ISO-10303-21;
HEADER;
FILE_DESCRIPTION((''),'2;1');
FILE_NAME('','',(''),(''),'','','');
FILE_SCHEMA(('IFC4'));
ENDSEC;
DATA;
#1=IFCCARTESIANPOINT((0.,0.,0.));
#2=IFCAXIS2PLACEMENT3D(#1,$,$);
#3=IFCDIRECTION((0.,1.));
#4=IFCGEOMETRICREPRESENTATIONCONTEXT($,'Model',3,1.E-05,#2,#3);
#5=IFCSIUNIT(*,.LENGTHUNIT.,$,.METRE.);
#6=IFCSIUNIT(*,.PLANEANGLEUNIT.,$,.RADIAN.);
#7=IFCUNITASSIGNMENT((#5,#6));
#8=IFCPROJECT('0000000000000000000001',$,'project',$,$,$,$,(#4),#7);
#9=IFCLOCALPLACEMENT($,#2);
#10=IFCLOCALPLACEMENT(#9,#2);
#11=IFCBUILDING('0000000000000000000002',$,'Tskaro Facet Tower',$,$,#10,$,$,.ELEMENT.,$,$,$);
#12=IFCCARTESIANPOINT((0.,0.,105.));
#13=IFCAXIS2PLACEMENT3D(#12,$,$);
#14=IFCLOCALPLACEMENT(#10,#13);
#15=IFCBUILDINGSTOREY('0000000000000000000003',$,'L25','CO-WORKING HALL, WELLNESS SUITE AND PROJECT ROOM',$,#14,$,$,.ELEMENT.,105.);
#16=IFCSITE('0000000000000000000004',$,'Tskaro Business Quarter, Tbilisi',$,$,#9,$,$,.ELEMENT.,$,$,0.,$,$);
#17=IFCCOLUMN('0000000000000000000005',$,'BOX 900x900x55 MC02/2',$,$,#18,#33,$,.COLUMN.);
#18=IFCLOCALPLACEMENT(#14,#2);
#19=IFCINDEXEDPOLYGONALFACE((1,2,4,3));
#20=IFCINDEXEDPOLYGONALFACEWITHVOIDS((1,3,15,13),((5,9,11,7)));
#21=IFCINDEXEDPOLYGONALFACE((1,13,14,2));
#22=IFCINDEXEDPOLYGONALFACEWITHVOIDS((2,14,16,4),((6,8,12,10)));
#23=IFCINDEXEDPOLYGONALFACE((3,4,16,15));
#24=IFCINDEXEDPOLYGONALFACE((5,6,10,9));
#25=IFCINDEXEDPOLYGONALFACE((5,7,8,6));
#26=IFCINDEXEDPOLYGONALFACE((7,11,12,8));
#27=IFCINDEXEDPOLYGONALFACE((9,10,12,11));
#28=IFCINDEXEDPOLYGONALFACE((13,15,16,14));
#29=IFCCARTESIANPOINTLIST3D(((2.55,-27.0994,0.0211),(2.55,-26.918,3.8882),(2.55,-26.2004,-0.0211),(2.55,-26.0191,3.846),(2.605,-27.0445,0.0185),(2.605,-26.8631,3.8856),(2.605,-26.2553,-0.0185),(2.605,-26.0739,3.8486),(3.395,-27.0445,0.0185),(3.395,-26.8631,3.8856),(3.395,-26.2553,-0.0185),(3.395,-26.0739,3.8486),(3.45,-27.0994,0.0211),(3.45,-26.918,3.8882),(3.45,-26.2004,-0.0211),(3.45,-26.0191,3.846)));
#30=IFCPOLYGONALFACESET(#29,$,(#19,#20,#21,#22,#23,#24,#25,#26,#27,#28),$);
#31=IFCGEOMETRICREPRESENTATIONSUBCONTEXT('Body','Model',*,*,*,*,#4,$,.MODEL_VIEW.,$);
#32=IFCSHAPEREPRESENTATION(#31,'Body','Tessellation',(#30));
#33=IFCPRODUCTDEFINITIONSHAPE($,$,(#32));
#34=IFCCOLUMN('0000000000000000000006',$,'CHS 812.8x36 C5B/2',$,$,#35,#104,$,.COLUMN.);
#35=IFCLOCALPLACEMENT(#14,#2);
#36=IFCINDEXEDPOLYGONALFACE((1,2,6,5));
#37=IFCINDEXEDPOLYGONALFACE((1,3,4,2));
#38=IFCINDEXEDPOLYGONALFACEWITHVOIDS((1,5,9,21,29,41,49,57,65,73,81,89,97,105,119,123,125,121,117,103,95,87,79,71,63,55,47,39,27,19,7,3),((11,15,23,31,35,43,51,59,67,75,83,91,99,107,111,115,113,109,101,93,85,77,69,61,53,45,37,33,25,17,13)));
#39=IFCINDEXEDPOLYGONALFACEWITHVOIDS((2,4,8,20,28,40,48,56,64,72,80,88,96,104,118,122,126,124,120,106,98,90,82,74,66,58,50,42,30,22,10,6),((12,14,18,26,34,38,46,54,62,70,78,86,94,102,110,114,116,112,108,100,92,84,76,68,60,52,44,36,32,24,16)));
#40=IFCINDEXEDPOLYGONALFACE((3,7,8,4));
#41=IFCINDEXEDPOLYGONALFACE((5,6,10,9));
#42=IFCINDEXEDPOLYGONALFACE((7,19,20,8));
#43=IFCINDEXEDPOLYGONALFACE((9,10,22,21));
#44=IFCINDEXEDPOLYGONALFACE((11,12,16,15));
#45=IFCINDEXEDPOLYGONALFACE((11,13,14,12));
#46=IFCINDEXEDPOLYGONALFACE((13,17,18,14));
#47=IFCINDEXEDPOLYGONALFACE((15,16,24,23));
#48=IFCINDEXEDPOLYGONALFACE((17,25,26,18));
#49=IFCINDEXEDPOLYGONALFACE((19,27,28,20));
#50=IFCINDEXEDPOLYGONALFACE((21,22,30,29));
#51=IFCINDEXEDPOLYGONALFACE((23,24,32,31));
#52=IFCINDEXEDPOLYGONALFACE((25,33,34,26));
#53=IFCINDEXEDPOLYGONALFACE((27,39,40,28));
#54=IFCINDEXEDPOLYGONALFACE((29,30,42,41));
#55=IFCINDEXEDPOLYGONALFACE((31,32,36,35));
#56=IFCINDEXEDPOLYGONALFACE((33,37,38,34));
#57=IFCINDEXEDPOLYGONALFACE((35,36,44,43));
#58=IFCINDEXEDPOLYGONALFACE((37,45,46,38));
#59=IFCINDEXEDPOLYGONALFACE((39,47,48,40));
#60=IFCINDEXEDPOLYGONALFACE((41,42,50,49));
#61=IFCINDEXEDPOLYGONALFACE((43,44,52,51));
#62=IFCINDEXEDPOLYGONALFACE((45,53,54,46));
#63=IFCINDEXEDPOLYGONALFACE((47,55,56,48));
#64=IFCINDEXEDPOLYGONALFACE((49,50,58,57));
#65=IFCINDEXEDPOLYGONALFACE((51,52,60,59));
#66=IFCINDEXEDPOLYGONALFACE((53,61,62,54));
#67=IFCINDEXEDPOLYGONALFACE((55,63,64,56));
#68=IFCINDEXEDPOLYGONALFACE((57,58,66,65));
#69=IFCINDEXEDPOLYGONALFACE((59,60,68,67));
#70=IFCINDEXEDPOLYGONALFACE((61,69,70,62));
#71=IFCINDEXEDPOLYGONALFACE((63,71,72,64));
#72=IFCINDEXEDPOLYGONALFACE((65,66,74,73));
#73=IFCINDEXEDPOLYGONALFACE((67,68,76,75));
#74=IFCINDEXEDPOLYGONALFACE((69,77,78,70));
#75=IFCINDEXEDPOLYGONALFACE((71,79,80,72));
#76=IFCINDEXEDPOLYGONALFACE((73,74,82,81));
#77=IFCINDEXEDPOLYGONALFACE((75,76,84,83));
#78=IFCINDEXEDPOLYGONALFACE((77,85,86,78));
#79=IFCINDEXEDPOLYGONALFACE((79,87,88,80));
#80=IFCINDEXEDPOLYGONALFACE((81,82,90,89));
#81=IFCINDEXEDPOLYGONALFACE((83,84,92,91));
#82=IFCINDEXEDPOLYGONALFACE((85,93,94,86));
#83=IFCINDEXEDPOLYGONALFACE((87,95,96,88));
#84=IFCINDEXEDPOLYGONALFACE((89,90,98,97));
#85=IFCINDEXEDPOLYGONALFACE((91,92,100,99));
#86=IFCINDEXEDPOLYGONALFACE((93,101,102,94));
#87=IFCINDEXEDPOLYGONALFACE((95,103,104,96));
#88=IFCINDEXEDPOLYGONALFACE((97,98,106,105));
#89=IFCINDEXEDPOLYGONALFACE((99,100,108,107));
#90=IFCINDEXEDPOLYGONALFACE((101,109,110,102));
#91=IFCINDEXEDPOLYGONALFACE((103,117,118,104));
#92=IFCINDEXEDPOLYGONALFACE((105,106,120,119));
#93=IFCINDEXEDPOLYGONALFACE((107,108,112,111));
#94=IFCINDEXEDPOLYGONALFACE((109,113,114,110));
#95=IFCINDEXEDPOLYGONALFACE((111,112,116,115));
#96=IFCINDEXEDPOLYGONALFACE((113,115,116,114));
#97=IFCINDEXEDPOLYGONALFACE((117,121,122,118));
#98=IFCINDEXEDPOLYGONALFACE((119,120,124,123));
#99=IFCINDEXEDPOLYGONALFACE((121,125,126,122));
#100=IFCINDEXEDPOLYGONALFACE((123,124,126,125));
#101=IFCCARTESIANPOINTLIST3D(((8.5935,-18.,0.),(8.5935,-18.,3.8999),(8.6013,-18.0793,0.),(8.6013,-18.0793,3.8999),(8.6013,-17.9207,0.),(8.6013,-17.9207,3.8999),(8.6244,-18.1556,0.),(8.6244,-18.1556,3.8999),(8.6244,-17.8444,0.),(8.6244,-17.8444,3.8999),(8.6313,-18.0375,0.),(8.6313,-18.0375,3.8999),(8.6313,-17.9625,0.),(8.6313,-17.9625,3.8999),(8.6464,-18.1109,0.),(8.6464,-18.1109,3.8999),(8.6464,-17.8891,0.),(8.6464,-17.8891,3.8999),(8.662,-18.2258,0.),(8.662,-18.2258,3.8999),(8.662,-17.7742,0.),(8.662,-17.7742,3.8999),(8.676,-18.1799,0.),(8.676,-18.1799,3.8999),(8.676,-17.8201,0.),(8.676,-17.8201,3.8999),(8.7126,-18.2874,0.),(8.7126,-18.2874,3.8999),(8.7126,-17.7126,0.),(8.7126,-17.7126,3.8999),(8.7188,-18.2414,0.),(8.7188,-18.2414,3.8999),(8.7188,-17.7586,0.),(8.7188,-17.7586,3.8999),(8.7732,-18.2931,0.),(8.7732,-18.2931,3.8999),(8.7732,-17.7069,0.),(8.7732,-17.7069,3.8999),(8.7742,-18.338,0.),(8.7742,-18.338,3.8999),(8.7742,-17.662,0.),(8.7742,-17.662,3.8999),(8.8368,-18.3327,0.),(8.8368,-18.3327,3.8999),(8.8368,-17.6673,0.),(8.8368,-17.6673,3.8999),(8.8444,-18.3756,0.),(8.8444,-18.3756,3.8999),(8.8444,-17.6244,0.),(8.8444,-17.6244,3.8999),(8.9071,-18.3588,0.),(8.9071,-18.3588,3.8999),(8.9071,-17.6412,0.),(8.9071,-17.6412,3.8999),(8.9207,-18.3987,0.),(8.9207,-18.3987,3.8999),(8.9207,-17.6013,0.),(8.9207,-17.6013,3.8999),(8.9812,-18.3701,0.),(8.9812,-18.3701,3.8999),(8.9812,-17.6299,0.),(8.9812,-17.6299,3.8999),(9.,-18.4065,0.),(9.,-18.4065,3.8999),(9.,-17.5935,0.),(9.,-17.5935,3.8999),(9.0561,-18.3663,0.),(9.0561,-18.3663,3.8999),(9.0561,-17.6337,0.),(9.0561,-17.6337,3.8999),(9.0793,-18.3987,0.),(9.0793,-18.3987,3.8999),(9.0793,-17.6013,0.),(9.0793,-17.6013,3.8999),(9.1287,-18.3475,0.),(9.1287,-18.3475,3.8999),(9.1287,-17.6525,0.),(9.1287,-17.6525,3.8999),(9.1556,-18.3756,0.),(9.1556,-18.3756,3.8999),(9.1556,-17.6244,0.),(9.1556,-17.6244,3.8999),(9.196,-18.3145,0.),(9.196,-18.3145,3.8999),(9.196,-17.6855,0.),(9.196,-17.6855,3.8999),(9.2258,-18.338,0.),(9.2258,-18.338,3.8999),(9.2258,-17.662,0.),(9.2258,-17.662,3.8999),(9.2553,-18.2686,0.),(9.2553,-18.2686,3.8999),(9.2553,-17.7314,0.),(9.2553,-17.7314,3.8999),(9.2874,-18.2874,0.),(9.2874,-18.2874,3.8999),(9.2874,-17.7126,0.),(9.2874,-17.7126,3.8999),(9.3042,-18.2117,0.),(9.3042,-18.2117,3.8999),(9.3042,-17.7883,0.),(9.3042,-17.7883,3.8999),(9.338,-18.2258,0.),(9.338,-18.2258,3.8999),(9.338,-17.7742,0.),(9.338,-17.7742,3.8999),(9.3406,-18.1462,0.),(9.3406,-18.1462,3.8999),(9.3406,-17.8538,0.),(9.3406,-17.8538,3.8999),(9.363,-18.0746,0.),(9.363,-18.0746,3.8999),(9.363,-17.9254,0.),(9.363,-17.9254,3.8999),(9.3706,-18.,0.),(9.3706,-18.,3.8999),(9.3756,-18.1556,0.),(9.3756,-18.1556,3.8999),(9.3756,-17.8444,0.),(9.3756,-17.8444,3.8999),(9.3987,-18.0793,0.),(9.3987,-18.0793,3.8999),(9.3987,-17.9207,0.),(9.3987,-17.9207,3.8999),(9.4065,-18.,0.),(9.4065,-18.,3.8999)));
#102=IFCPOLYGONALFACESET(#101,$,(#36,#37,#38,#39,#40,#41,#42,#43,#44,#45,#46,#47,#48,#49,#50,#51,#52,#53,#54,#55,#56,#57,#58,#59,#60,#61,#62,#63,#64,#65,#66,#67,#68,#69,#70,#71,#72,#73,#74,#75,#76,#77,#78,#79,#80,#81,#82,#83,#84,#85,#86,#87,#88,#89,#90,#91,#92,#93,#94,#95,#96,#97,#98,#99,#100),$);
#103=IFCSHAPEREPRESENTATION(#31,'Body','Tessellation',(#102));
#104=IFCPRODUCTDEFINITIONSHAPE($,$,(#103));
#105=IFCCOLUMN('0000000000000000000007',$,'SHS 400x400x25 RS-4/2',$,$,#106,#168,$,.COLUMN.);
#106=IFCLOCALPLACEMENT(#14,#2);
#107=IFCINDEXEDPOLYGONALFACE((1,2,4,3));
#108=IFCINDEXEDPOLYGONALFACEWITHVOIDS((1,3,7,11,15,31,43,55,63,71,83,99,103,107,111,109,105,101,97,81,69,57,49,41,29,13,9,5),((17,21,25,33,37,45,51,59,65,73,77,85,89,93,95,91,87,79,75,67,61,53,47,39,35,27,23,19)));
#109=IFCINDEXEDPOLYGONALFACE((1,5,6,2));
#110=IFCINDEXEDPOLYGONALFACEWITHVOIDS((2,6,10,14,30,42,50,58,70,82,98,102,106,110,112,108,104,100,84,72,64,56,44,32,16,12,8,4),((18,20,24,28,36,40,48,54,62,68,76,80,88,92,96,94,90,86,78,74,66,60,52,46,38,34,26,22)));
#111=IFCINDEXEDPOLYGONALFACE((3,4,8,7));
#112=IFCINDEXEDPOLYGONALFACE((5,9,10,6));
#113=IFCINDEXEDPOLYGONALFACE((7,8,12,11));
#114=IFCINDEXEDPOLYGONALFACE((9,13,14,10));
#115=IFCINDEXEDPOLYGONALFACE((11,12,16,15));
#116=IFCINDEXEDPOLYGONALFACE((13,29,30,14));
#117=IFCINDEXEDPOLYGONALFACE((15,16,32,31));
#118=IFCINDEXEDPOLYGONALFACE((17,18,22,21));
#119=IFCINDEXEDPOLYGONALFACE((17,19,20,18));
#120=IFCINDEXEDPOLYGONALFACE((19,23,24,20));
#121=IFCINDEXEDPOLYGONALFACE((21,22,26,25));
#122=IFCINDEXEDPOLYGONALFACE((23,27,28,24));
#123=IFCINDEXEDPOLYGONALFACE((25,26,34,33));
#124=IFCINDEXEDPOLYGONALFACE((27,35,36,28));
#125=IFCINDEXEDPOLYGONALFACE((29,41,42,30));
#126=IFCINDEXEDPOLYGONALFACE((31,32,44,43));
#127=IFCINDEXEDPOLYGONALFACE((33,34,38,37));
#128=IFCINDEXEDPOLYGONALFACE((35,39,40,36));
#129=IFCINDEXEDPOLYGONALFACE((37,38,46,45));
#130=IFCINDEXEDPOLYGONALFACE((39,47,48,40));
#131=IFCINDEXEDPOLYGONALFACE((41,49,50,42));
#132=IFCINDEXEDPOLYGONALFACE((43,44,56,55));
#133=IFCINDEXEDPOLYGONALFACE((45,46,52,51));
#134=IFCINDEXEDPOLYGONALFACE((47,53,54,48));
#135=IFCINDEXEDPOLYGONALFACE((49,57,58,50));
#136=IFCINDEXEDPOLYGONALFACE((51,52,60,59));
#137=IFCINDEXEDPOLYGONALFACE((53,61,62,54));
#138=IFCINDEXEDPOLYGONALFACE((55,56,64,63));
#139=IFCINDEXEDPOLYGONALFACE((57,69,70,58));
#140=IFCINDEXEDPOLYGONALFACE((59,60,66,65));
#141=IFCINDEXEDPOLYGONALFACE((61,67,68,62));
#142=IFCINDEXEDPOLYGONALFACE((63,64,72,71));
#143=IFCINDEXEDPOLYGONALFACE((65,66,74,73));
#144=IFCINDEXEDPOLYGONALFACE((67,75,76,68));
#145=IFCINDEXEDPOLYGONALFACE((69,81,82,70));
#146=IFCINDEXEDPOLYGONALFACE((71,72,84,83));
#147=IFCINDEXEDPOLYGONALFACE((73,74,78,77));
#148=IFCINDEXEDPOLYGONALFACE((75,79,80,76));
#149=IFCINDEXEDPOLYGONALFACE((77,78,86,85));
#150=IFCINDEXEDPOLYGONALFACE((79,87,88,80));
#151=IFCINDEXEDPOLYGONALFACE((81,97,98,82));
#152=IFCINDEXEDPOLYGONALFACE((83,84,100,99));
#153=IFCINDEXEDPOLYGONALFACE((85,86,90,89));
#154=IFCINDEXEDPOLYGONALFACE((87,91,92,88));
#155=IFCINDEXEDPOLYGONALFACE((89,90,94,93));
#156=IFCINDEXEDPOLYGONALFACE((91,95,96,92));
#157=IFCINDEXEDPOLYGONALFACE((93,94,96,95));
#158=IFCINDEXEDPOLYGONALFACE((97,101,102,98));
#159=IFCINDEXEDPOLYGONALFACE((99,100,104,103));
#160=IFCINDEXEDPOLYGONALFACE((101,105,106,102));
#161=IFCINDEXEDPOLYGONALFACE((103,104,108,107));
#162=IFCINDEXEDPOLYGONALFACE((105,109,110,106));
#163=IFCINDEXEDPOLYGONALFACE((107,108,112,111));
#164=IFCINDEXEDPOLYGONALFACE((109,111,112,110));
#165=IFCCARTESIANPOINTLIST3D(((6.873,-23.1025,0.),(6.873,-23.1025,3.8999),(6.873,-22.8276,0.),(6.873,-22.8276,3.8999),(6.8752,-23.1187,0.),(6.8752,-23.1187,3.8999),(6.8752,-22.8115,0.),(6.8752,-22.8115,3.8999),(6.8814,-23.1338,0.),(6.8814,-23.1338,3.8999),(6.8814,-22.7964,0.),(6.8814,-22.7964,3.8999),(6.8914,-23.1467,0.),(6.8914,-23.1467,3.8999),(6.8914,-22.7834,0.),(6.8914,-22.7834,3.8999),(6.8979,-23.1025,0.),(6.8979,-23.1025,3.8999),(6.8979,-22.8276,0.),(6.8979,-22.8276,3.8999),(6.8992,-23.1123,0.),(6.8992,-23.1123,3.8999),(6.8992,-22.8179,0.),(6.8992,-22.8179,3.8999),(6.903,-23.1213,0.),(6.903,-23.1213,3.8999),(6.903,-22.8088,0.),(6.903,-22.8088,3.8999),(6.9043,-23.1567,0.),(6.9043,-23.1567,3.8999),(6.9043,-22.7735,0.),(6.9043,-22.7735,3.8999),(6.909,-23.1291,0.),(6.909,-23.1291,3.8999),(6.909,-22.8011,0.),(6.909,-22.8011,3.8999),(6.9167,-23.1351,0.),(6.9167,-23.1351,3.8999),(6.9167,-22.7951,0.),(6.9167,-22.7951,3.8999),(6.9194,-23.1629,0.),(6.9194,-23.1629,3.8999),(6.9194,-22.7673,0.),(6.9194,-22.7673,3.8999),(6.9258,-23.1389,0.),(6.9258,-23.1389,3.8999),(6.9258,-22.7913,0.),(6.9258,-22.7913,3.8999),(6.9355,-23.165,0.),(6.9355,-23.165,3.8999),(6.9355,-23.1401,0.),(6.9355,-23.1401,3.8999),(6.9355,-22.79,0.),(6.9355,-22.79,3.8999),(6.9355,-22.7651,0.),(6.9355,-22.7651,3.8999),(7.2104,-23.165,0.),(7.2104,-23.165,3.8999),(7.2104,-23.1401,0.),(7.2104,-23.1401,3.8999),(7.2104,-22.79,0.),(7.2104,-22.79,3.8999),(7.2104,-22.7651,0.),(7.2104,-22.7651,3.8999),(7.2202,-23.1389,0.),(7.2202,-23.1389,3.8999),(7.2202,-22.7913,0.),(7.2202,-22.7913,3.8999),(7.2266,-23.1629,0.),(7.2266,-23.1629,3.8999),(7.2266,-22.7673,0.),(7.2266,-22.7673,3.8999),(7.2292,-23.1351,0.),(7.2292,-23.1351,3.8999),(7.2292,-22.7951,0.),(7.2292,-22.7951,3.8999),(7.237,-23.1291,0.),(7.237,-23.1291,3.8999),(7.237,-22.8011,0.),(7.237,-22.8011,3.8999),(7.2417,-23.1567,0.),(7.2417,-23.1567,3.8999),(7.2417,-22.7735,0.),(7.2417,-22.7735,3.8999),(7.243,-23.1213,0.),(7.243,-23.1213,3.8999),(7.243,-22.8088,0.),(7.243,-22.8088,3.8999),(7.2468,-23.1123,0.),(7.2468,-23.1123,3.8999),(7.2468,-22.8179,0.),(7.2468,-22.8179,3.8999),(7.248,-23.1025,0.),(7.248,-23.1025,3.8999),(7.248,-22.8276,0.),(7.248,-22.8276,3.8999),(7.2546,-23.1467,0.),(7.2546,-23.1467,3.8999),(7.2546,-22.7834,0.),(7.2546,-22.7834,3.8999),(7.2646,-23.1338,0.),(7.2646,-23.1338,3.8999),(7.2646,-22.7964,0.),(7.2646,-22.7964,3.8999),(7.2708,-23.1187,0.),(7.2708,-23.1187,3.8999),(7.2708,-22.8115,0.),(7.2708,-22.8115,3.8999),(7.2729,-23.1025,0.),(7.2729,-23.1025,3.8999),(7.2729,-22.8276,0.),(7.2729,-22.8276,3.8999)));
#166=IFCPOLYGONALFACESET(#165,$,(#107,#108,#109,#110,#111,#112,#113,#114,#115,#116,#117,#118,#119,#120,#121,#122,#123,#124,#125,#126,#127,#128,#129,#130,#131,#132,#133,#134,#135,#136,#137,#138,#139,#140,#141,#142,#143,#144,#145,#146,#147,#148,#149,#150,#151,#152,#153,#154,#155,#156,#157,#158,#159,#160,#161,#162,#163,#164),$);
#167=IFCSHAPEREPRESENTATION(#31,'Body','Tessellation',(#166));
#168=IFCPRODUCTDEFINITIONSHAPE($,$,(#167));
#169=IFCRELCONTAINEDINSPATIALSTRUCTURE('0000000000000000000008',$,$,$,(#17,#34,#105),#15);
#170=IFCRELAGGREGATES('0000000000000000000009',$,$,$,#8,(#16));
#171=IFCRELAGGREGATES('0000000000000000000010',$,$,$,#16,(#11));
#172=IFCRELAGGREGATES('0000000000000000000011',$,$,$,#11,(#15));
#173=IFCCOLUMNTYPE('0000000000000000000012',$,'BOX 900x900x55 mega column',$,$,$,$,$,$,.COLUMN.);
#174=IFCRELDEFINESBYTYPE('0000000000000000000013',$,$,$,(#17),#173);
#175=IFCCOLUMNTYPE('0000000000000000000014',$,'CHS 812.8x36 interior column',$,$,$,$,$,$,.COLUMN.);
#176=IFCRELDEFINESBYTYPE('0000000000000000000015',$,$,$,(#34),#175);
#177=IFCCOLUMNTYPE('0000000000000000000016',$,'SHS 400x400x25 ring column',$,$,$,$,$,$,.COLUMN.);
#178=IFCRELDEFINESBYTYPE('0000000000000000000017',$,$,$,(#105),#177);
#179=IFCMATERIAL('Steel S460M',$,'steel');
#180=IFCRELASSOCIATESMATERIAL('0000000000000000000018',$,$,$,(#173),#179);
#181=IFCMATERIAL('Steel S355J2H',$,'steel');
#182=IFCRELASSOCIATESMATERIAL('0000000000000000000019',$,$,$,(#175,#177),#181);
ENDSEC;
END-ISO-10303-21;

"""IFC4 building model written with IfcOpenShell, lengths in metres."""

from ifc_helpers import new_model, si_unit, direction, frame, origin, origin_2d, place, context, subcontext, project, spatial, hollow_rectangle, hollow_circle, extrude, material, material_profile, profile_set, type_object, element, save


model = new_model("IFC4")

# Units and contexts
model_context = context("Model", 3, precision=1e-05, world=origin(), true_north=direction((0.0, 1.0)))
body_context = subcontext(model_context, "Body", "Model", "MODEL_VIEW")
ifc_project = project(units=[si_unit("LENGTHUNIT", "METRE"), si_unit("PLANEANGLEUNIT", "RADIAN")], contexts=[model_context])

# Site, building, storey
site_placement = place(None, origin())
site = spatial("IfcSite", under=ifc_project, at=site_placement, Name="Tskaro Business Quarter, Tbilisi", CompositionType="ELEMENT", RefElevation=0.0)
building_placement = place(site_placement, origin())
building = spatial("IfcBuilding", under=site, at=building_placement, Name="Tskaro Facet Tower", CompositionType="ELEMENT")
storey_placement = place(building_placement, frame((0.0, 0.0, 105.0)))
storey = spatial("IfcBuildingStorey", under=building, at=storey_placement, Name="L25", Description="CO-WORKING HALL, WELLNESS SUITE AND PROJECT ROOM", CompositionType="ELEMENT", Elevation=105.0)

# Columns
ifc_material_1 = material(Name="Steel S460M", Category="steel")
ifc_material_profile_1 = material_profile(ifc_material_1, hollow_rectangle(XDim=0.8999, YDim=0.8999, WallThickness=0.0549, at=origin_2d()), Name="BOX 900x900x55")
ifc_profile_set_1 = profile_set([ifc_material_profile_1], Name="Steel S460M")
column_type_1 = type_object("IfcColumnType", Name="BOX 900x900x55 mega column", PredefinedType="COLUMN", material=ifc_profile_set_1)
column_1_placement = place(storey_placement, frame((3.0, -26.6499, 0.0), z_axis=(0.0, 0.046855, 0.998902), x_axis=(-1.0, 0.0, 0.0)))
element("IfcColumn", 1, at=column_1_placement, inside=storey, type_object=column_type_1, Name="BOX 900x900x55 MC02/2", PredefinedType="COLUMN", context=body_context, shape_type="SweptSolid", body=[
    extrude(hollow_rectangle(XDim=0.8999, YDim=0.8999, WallThickness=0.0549, at=origin_2d()), origin(), (0.0, 0.0, 1.0), 3.8713),
])
ifc_material_2 = material(Name="Steel S355J2H", Category="steel")
ifc_material_profile_2 = material_profile(ifc_material_2, hollow_circle(Radius=0.4065, WallThickness=0.0359, at=origin_2d()), Name="CHS 812.8x36")
ifc_profile_set_2 = profile_set([ifc_material_profile_2], Name="Steel S355J2H")
column_type_2 = type_object("IfcColumnType", Name="CHS 812.8x36 interior column", PredefinedType="COLUMN", material=ifc_profile_set_2)
column_2_placement = place(storey_placement, frame((9.0, -18.0, 0.0), z_axis=(0.0, 0.0, 1.0), x_axis=(1.0, 0.0, 0.0)))
element("IfcColumn", 2, at=column_2_placement, inside=storey, type_object=column_type_2, Name="CHS 812.8x36 C5B/2", PredefinedType="COLUMN", context=body_context, shape_type="SweptSolid", body=[
    extrude(hollow_circle(Radius=0.4065, WallThickness=0.0359, at=origin_2d()), origin(), (0.0, 0.0, 1.0), 3.8999),
])
ifc_material_profile_3 = material_profile(ifc_material_2, hollow_rectangle(XDim=0.3999, YDim=0.3999, WallThickness=0.0249, InnerFilletRadius=0.0376, OuterFilletRadius=0.0625, at=origin_2d()), Name="SHS 400x400x25")
ifc_profile_set_3 = profile_set([ifc_material_profile_3], Name="Steel S355J2H")
column_type_3 = type_object("IfcColumnType", Name="SHS 400x400x25 ring column", PredefinedType="COLUMN", material=ifc_profile_set_3)
for number, where, z_axis, x_axis, name in (
    (3, (7.073, -22.9651, 0.0), (0.0, 0.0, 1.0), (1.0, 0.0, 0.0), "SHS 400x400x25 RS-4/2"),
):
    element("IfcColumn", number, at=place(storey_placement, frame(where, z_axis=z_axis, x_axis=x_axis)), inside=storey, type_object=column_type_3, Name=name, PredefinedType="COLUMN", context=body_context, shape_type="SweptSolid", body=[
        extrude(hollow_rectangle(XDim=0.3999, YDim=0.3999, WallThickness=0.0249, InnerFilletRadius=0.0376, OuterFilletRadius=0.0625, at=origin_2d()), origin(), (0.0, 0.0, 1.0), 3.8999),
    ])

save(model, "model.ifc")
